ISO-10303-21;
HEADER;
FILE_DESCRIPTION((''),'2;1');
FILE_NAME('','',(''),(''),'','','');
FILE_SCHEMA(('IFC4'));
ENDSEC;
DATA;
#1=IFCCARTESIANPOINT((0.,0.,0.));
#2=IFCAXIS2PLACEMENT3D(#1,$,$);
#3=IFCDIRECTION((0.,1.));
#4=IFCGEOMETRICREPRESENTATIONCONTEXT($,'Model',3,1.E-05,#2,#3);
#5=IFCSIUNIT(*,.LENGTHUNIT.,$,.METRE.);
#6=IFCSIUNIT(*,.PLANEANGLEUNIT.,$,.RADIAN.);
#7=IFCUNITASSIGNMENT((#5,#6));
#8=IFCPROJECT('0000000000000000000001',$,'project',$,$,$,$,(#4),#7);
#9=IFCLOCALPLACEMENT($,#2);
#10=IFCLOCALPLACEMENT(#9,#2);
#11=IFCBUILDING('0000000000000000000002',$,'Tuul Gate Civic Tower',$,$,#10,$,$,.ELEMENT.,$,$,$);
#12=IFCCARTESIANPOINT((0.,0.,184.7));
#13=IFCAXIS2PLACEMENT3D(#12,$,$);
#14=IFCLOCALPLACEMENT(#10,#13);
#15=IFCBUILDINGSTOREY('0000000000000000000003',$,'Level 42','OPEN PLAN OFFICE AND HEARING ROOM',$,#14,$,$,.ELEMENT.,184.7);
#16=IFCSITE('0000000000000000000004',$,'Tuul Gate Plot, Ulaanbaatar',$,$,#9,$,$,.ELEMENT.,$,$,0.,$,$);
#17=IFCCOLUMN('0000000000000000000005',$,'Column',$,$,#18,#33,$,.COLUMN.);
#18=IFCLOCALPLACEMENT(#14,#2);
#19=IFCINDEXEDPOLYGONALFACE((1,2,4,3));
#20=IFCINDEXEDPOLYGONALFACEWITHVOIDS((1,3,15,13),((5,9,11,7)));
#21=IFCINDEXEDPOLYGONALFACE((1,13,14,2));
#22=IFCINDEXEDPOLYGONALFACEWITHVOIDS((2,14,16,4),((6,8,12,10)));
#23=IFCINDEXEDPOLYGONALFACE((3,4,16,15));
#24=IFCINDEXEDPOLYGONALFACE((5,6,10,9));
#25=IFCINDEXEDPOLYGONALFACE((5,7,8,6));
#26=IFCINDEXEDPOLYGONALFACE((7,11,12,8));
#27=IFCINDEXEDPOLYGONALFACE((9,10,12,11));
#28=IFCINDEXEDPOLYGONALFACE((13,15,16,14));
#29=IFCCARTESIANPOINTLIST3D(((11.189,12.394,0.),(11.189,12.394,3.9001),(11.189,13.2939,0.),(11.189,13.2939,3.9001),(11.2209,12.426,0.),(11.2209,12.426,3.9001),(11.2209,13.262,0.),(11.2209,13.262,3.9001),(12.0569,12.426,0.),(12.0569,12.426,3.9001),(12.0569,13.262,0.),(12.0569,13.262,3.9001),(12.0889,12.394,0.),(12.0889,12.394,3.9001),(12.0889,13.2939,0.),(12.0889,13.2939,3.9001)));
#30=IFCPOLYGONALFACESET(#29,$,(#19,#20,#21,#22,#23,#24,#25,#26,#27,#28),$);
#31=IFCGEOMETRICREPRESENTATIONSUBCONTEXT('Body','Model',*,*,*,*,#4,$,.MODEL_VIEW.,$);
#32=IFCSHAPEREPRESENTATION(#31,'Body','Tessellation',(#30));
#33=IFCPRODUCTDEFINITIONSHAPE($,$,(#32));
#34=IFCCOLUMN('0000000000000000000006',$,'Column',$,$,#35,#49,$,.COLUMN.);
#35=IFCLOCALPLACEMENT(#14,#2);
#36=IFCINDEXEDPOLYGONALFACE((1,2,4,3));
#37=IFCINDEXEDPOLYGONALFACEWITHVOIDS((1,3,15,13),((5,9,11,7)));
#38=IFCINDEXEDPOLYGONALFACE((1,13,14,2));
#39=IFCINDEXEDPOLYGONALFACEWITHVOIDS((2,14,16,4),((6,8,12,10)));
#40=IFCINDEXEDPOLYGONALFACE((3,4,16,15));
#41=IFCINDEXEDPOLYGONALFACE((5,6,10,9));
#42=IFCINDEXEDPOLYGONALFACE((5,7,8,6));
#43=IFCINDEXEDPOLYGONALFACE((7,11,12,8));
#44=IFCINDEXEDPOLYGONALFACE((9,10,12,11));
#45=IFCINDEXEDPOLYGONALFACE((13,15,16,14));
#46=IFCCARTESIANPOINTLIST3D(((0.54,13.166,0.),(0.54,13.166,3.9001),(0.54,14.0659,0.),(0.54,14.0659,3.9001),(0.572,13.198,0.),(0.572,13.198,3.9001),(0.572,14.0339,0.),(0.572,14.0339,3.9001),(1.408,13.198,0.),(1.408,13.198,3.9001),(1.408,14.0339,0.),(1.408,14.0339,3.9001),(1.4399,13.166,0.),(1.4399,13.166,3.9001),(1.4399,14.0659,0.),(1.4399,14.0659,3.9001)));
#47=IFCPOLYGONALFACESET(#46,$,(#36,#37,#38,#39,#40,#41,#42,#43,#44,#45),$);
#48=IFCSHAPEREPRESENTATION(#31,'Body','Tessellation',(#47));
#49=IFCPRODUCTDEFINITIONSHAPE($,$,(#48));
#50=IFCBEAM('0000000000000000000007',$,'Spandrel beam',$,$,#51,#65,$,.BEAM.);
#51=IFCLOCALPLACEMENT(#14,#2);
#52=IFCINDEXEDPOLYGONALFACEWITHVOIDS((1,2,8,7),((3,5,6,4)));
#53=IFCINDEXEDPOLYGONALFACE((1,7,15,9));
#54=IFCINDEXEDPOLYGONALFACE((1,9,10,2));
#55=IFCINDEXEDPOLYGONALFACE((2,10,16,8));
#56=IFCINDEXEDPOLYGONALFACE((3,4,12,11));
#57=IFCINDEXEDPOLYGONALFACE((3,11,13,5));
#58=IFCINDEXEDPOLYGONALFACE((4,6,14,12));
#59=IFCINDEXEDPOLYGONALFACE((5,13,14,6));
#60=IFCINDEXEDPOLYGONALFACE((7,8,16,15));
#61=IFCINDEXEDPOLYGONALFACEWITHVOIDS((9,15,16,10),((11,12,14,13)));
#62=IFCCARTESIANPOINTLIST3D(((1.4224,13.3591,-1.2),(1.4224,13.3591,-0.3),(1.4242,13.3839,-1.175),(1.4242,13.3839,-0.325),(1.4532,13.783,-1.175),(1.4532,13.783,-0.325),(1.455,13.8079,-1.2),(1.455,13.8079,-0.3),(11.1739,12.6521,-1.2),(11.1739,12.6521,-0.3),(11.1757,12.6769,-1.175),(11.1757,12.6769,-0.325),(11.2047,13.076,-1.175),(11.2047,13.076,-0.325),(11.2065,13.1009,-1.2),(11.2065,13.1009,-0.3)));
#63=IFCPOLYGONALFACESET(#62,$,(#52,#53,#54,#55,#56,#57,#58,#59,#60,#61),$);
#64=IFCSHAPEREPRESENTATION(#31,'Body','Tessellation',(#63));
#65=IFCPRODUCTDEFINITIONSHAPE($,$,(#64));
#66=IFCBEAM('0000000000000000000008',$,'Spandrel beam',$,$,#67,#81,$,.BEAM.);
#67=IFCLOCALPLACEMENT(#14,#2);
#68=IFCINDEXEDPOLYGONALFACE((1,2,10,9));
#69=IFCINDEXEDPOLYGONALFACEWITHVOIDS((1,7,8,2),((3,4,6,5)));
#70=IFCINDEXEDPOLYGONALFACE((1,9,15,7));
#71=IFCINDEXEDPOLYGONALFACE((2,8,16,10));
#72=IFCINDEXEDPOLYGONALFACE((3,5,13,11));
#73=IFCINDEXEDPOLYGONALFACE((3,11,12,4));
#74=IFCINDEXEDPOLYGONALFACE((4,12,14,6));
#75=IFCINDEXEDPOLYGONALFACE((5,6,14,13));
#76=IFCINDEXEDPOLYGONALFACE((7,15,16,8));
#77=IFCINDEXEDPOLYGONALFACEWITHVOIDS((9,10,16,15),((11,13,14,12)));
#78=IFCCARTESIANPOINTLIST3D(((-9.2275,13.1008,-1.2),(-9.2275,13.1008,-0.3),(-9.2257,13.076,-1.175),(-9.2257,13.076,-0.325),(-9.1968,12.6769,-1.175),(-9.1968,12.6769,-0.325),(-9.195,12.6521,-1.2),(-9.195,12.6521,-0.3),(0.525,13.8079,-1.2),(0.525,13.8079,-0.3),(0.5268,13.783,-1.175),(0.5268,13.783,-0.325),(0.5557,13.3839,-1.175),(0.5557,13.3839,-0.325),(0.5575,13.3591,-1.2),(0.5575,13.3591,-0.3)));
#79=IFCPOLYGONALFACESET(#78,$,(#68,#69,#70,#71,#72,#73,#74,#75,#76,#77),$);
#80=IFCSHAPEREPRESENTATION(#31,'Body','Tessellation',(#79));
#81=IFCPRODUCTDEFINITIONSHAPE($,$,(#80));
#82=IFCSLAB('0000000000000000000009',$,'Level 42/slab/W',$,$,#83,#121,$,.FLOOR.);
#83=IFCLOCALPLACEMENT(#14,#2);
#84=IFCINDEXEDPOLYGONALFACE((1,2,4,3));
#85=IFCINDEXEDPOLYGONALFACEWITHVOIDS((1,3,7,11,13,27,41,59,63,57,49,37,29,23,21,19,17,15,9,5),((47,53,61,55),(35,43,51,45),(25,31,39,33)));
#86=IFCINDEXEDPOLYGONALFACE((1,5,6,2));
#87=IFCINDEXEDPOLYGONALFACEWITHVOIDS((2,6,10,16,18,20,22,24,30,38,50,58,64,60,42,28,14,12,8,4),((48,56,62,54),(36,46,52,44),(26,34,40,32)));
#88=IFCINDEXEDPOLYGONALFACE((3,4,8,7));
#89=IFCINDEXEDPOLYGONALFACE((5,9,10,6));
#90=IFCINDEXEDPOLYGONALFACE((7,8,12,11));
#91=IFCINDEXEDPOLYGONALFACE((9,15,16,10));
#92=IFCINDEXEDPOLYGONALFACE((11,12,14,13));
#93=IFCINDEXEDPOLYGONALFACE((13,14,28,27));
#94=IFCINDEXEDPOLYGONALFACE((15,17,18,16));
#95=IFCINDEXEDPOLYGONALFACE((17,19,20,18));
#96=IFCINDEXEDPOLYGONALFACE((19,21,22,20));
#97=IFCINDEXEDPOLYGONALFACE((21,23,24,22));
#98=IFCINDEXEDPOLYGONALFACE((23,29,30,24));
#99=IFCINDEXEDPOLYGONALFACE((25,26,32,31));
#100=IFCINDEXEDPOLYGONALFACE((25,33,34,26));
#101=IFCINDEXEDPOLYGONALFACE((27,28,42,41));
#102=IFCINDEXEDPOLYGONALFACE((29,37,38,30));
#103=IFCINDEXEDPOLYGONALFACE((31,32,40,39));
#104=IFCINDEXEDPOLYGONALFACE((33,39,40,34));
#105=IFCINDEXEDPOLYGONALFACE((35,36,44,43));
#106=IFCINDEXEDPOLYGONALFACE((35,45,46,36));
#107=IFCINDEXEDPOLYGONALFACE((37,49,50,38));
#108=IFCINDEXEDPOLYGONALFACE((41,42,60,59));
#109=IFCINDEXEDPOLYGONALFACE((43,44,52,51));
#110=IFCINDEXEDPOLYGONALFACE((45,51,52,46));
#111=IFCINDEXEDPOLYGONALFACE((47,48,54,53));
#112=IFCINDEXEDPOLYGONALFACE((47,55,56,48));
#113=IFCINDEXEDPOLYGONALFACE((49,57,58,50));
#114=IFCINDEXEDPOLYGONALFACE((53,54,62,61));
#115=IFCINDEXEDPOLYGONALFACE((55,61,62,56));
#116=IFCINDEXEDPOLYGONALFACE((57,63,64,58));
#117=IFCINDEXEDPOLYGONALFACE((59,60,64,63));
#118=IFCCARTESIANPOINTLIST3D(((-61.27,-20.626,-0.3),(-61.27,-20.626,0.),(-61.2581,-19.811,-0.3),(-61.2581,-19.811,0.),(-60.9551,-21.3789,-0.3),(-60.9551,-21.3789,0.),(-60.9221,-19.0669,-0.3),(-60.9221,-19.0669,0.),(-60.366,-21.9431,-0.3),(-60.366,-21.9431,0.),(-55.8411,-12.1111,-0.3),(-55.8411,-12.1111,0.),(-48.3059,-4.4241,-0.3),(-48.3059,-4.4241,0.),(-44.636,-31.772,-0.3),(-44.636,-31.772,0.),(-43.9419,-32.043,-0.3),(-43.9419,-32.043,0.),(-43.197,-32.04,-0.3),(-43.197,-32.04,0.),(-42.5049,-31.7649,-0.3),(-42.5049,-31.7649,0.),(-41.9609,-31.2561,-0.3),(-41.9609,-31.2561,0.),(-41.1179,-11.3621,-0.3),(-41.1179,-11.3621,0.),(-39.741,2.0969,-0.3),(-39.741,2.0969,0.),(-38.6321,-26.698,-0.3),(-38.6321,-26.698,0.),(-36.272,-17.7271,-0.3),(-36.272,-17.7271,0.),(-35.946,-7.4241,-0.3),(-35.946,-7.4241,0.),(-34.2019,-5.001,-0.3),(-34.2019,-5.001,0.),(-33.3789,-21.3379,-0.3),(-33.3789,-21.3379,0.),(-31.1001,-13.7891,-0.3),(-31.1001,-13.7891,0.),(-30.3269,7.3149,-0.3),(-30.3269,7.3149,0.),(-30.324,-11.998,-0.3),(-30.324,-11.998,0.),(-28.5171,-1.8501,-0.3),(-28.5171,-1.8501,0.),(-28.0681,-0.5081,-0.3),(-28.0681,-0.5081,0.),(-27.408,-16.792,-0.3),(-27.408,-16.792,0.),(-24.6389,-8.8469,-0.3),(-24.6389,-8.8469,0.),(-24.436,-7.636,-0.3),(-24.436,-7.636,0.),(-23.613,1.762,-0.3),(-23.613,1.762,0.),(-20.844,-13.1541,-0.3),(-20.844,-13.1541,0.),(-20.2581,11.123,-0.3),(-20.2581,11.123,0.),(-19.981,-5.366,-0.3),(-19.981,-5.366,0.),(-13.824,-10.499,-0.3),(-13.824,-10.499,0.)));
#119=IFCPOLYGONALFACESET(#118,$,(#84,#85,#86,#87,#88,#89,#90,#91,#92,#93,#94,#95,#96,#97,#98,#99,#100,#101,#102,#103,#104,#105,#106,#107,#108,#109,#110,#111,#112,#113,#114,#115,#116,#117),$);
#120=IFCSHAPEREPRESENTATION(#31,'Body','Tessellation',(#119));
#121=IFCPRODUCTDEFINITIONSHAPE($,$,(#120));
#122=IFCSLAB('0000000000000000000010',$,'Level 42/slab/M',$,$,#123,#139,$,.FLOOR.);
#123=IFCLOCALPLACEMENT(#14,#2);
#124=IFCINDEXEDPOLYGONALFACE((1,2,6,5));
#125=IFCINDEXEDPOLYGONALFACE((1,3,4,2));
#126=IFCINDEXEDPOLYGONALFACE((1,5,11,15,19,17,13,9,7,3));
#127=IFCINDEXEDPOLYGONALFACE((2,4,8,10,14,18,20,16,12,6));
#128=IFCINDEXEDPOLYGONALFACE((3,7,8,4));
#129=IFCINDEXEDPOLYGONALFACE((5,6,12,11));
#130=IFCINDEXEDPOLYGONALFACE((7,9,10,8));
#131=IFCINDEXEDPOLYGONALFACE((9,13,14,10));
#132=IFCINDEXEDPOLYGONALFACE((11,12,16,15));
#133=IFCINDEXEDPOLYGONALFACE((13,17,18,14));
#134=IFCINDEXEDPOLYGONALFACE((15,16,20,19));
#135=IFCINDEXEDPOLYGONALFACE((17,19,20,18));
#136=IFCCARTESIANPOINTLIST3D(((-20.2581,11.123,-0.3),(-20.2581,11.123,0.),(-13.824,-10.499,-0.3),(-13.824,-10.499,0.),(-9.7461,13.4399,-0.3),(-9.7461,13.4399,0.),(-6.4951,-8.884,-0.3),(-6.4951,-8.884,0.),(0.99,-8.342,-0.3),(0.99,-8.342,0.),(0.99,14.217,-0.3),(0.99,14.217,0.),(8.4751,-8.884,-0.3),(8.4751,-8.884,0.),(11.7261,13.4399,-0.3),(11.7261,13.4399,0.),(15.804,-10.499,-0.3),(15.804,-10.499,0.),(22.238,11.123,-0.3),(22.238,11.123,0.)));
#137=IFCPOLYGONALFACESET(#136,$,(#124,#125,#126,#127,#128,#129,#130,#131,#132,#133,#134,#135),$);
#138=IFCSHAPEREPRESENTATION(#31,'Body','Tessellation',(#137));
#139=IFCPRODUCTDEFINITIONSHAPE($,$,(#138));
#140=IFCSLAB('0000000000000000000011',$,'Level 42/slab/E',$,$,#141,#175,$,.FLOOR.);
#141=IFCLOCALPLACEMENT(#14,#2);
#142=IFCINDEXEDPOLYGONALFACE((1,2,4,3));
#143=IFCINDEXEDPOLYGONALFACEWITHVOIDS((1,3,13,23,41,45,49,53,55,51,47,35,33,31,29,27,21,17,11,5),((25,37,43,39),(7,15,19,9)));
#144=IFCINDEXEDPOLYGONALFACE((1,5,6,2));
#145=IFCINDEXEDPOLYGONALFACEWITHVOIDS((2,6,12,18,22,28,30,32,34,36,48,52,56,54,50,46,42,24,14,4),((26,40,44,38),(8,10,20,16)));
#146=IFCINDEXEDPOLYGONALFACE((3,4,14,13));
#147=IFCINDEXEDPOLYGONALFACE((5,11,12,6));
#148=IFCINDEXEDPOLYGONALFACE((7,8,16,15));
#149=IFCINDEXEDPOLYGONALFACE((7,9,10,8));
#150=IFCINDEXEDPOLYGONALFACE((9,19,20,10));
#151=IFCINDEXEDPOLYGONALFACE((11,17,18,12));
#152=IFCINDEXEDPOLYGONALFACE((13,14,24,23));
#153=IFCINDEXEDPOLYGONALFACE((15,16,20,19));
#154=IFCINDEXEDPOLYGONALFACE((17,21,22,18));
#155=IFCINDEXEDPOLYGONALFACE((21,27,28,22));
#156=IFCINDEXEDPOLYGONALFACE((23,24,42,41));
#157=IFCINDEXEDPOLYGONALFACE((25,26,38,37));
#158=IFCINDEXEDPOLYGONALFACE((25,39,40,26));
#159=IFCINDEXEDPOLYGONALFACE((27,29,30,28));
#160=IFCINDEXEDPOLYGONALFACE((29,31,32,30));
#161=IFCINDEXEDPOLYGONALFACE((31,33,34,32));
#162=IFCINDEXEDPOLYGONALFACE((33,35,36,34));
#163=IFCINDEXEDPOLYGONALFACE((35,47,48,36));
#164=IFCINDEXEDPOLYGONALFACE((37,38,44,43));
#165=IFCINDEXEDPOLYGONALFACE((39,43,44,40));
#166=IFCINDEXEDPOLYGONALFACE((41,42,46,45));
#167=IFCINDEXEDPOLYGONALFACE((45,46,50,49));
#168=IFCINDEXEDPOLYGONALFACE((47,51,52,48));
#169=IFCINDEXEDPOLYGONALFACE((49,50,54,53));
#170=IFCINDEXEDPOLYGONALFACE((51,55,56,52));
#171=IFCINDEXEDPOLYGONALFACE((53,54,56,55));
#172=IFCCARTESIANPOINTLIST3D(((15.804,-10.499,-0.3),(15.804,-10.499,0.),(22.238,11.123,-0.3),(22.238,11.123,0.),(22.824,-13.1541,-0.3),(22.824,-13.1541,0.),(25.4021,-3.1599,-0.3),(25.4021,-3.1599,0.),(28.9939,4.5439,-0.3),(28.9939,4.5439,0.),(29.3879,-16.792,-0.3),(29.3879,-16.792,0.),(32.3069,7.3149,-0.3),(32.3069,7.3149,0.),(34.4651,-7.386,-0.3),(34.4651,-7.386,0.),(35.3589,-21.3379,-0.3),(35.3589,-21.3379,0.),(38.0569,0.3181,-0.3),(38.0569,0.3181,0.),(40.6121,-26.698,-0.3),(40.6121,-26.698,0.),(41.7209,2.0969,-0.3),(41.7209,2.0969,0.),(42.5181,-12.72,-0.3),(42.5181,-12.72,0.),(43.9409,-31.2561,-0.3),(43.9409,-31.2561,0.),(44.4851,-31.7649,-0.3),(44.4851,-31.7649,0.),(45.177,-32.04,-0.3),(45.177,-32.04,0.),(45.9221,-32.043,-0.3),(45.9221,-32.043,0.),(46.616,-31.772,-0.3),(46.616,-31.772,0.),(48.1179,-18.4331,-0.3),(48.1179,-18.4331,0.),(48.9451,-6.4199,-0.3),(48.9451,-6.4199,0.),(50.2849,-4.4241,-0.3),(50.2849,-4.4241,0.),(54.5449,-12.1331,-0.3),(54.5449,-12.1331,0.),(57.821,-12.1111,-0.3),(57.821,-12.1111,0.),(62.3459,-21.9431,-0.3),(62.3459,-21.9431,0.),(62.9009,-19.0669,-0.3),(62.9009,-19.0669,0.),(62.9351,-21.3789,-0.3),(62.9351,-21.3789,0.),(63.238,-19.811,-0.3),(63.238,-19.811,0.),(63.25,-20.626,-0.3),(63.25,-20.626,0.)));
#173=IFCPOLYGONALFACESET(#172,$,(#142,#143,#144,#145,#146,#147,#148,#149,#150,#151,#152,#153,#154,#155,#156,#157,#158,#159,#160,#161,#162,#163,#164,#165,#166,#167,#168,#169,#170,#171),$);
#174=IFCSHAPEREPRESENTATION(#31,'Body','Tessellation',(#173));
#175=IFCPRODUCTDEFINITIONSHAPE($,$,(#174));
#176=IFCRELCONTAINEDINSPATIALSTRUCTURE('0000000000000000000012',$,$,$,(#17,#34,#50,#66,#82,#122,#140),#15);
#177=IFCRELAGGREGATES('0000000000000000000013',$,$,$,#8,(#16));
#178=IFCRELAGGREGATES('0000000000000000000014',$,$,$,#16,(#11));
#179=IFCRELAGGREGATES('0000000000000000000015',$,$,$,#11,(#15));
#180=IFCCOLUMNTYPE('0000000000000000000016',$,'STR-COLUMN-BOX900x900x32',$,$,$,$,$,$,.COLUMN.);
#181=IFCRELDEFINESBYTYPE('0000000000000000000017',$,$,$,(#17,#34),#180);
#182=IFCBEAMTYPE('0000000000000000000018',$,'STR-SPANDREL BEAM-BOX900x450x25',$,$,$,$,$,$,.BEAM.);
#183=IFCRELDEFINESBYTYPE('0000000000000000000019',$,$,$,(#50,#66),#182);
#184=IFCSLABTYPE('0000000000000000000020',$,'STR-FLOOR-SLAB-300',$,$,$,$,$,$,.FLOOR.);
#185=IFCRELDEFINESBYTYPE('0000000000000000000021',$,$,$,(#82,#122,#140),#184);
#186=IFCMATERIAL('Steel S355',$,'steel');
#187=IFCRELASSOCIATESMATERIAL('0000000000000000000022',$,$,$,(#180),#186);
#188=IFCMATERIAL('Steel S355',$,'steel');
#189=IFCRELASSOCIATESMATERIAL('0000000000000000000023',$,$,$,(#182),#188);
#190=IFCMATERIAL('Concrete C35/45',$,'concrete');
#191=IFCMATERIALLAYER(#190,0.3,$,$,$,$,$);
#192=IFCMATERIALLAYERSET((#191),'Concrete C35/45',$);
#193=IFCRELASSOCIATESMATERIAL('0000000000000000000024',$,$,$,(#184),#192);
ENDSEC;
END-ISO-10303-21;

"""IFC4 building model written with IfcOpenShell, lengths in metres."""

from ifc_helpers import new_model, si_unit, direction, frame, origin, origin_2d, place, context, subcontext, project, spatial, polyline, hollow_rectangle, outline, extrude, material, layer, layer_set, material_profile, profile_set, type_object, element, save


model = new_model("IFC4")

# Units and contexts
model_context = context("Model", 3, precision=1e-05, world=origin(), true_north=direction((0.0, 1.0)))
body_context = subcontext(model_context, "Body", "Model", "MODEL_VIEW")
ifc_project = project(units=[si_unit("LENGTHUNIT", "METRE"), si_unit("PLANEANGLEUNIT", "RADIAN")], contexts=[model_context])

# Site, building, storey
site_placement = place(None, origin())
site = spatial("IfcSite", under=ifc_project, at=site_placement, Name="Tuul Gate Plot, Ulaanbaatar", CompositionType="ELEMENT", RefElevation=0.0)
building_placement = place(site_placement, origin())
building = spatial("IfcBuilding", under=site, at=building_placement, Name="Tuul Gate Civic Tower", CompositionType="ELEMENT")
storey_placement = place(building_placement, frame((0.0, 0.0, 184.7)))
storey = spatial("IfcBuildingStorey", under=building, at=storey_placement, Name="Level 42", Description="OPEN PLAN OFFICE AND HEARING ROOM", CompositionType="ELEMENT", Elevation=184.7)

# Columns
ifc_material_1 = material(Name="Steel S355", Category="steel")
ifc_material_profile_1 = material_profile(ifc_material_1, hollow_rectangle(XDim=0.8999, YDim=0.8999, WallThickness=0.032, at=origin_2d()), Name="BOX900x900x32")
ifc_profile_set_1 = profile_set([ifc_material_profile_1], Name="Steel S355")
column_type = type_object("IfcColumnType", Name="STR-COLUMN-BOX900x900x32", PredefinedType="COLUMN", material=ifc_profile_set_1)
for number, where, z_axis, x_axis, name in (
    (1, (11.6389, 12.844, 0.0), (0.0, 0.0, 1.0), (1.0, 0.0, 0.0), "Column"),
    (2, (0.99, 13.616, 0.0), (0.0, 0.0, 1.0), (1.0, 0.0, 0.0), "Column"),
):
    element("IfcColumn", number, at=place(storey_placement, frame(where, z_axis=z_axis, x_axis=x_axis)), inside=storey, type_object=column_type, Name=name, PredefinedType="COLUMN", context=body_context, shape_type="SweptSolid", body=[
        extrude(hollow_rectangle(XDim=0.8999, YDim=0.8999, WallThickness=0.032, at=origin_2d()), origin(), (0.0, 0.0, 1.0), 3.9001),
    ])

# Beams
ifc_material_2 = material(Name="Steel S355", Category="steel")
ifc_material_profile_2 = material_profile(ifc_material_2, hollow_rectangle(XDim=0.45, YDim=0.8999, WallThickness=0.0249, at=origin_2d()), Name="BOX900x450x25")
ifc_profile_set_2 = profile_set([ifc_material_profile_2], Name="Steel S355")
beam_type = type_object("IfcBeamType", Name="STR-SPANDREL BEAM-BOX900x450x25", PredefinedType="BEAM", material=ifc_profile_set_2)
beam_1_placement = place(storey_placement, frame((11.1902, 12.8765, -0.75), z_axis=(-0.997382, 0.072315, 0.0), x_axis=(-0.072315, -0.997382, 0.0)))
element("IfcBeam", 3, at=beam_1_placement, inside=storey, type_object=beam_type, Name="Spandrel beam", PredefinedType="BEAM", context=body_context, shape_type="SweptSolid", body=[
    extrude(hollow_rectangle(XDim=0.45, YDim=0.8999, WallThickness=0.0249, at=origin_2d()), origin(), (0.0, 0.0, 1.0), 9.7771),
])
beam_2_placement = place(storey_placement, frame((0.5413, 13.5835, -0.75), z_axis=(-0.997382, -0.072308, 0.0), x_axis=(0.072308, -0.997382, 0.0)))
element("IfcBeam", 4, at=beam_2_placement, inside=storey, type_object=beam_type, Name="Spandrel beam", PredefinedType="BEAM", context=body_context, shape_type="SweptSolid", body=[
    extrude(hollow_rectangle(XDim=0.45, YDim=0.8999, WallThickness=0.0249, at=origin_2d()), origin(), (0.0, 0.0, 1.0), 9.7781),
])

# Slabs
ifc_material_3 = material(Name="Concrete C35/45", Category="concrete")
ifc_layer_1 = layer(ifc_material_3, 0.3)
ifc_layer_set_1 = layer_set([ifc_layer_1], Name="Concrete C35/45")
slab_type = type_object("IfcSlabType", Name="STR-FLOOR-SLAB-300", PredefinedType="FLOOR", material=ifc_layer_set_1)
slab_1_placement = place(storey_placement, frame((0.0, 0.0, -0.3)))
element("IfcSlab", 5, at=slab_1_placement, inside=storey, type_object=slab_type, Name="Level 42/slab/W", PredefinedType="FLOOR", context=body_context, shape_type="SweptSolid", body=[
    extrude(outline(polyline([(-20.844, -13.1541), (-13.824, -10.499), (-20.2581, 11.123), (-30.3269, 7.3149), (-39.741, 2.0969), (-48.3059, -4.4241), (-55.8411, -12.1111), (-60.9221, -19.0669), (-61.2581, -19.811), (-61.27, -20.626), (-60.9551, -21.3789), (-60.366, -21.9431), (-44.636, -31.772), (-43.9419, -32.043), (-43.197, -32.04), (-42.5049, -31.7649), (-41.9609, -31.2561), (-38.6321, -26.698), (-33.3789, -21.3379), (-27.408, -16.792), (-20.844, -13.1541)]), holes=[polyline([(-31.1001, -13.7891), (-36.272, -17.7271), (-41.1179, -11.3621), (-35.946, -7.4241), (-31.1001, -13.7891)]), polyline([(-24.6389, -8.8469), (-30.324, -11.998), (-34.2019, -5.001), (-28.5171, -1.8501), (-24.6389, -8.8469)]), polyline([(-24.436, -7.636), (-28.0681, -0.5081), (-23.613, 1.762), (-19.981, -5.366), (-24.436, -7.636)])]), origin(), (0.0, 0.0, 1.0), 0.3),
])
slab_2_placement = place(storey_placement, frame((0.0, 0.0, -0.3)))
element("IfcSlab", 6, at=slab_2_placement, inside=storey, type_object=slab_type, Name="Level 42/slab/M", PredefinedType="FLOOR", context=body_context, shape_type="SweptSolid", body=[
    extrude(outline(polyline([(15.804, -10.499), (22.238, 11.123), (11.7261, 13.4399), (0.99, 14.217), (-9.7461, 13.4399), (-20.2581, 11.123), (-13.824, -10.499), (-6.4951, -8.884), (0.99, -8.342), (8.4751, -8.884), (15.804, -10.499)])), origin(), (0.0, 0.0, 1.0), 0.3),
])
slab_3_placement = place(storey_placement, frame((0.0, 0.0, -0.3)))
element("IfcSlab", 7, at=slab_3_placement, inside=storey, type_object=slab_type, Name="Level 42/slab/E", PredefinedType="FLOOR", context=body_context, shape_type="SweptSolid", body=[
    extrude(outline(polyline([(45.9221, -32.043), (46.616, -31.772), (62.3459, -21.9431), (62.9351, -21.3789), (63.25, -20.626), (63.238, -19.811), (62.9009, -19.0669), (57.821, -12.1111), (50.2849, -4.4241), (41.7209, 2.0969), (32.3069, 7.3149), (22.238, 11.123), (15.804, -10.499), (22.824, -13.1541), (29.3879, -16.792), (35.3589, -21.3379), (40.6121, -26.698), (43.9409, -31.2561), (44.4851, -31.7649), (45.177, -32.04), (45.9221, -32.043)]), holes=[polyline([(48.1179, -18.4331), (42.5181, -12.72), (48.9451, -6.4199), (54.5449, -12.1331), (48.1179, -18.4331)]), polyline([(25.4021, -3.1599), (28.9939, 4.5439), (38.0569, 0.3181), (34.4651, -7.386), (25.4021, -3.1599)])]), origin(), (0.0, 0.0, 1.0), 0.3),
])

save(model, "model.ifc")
